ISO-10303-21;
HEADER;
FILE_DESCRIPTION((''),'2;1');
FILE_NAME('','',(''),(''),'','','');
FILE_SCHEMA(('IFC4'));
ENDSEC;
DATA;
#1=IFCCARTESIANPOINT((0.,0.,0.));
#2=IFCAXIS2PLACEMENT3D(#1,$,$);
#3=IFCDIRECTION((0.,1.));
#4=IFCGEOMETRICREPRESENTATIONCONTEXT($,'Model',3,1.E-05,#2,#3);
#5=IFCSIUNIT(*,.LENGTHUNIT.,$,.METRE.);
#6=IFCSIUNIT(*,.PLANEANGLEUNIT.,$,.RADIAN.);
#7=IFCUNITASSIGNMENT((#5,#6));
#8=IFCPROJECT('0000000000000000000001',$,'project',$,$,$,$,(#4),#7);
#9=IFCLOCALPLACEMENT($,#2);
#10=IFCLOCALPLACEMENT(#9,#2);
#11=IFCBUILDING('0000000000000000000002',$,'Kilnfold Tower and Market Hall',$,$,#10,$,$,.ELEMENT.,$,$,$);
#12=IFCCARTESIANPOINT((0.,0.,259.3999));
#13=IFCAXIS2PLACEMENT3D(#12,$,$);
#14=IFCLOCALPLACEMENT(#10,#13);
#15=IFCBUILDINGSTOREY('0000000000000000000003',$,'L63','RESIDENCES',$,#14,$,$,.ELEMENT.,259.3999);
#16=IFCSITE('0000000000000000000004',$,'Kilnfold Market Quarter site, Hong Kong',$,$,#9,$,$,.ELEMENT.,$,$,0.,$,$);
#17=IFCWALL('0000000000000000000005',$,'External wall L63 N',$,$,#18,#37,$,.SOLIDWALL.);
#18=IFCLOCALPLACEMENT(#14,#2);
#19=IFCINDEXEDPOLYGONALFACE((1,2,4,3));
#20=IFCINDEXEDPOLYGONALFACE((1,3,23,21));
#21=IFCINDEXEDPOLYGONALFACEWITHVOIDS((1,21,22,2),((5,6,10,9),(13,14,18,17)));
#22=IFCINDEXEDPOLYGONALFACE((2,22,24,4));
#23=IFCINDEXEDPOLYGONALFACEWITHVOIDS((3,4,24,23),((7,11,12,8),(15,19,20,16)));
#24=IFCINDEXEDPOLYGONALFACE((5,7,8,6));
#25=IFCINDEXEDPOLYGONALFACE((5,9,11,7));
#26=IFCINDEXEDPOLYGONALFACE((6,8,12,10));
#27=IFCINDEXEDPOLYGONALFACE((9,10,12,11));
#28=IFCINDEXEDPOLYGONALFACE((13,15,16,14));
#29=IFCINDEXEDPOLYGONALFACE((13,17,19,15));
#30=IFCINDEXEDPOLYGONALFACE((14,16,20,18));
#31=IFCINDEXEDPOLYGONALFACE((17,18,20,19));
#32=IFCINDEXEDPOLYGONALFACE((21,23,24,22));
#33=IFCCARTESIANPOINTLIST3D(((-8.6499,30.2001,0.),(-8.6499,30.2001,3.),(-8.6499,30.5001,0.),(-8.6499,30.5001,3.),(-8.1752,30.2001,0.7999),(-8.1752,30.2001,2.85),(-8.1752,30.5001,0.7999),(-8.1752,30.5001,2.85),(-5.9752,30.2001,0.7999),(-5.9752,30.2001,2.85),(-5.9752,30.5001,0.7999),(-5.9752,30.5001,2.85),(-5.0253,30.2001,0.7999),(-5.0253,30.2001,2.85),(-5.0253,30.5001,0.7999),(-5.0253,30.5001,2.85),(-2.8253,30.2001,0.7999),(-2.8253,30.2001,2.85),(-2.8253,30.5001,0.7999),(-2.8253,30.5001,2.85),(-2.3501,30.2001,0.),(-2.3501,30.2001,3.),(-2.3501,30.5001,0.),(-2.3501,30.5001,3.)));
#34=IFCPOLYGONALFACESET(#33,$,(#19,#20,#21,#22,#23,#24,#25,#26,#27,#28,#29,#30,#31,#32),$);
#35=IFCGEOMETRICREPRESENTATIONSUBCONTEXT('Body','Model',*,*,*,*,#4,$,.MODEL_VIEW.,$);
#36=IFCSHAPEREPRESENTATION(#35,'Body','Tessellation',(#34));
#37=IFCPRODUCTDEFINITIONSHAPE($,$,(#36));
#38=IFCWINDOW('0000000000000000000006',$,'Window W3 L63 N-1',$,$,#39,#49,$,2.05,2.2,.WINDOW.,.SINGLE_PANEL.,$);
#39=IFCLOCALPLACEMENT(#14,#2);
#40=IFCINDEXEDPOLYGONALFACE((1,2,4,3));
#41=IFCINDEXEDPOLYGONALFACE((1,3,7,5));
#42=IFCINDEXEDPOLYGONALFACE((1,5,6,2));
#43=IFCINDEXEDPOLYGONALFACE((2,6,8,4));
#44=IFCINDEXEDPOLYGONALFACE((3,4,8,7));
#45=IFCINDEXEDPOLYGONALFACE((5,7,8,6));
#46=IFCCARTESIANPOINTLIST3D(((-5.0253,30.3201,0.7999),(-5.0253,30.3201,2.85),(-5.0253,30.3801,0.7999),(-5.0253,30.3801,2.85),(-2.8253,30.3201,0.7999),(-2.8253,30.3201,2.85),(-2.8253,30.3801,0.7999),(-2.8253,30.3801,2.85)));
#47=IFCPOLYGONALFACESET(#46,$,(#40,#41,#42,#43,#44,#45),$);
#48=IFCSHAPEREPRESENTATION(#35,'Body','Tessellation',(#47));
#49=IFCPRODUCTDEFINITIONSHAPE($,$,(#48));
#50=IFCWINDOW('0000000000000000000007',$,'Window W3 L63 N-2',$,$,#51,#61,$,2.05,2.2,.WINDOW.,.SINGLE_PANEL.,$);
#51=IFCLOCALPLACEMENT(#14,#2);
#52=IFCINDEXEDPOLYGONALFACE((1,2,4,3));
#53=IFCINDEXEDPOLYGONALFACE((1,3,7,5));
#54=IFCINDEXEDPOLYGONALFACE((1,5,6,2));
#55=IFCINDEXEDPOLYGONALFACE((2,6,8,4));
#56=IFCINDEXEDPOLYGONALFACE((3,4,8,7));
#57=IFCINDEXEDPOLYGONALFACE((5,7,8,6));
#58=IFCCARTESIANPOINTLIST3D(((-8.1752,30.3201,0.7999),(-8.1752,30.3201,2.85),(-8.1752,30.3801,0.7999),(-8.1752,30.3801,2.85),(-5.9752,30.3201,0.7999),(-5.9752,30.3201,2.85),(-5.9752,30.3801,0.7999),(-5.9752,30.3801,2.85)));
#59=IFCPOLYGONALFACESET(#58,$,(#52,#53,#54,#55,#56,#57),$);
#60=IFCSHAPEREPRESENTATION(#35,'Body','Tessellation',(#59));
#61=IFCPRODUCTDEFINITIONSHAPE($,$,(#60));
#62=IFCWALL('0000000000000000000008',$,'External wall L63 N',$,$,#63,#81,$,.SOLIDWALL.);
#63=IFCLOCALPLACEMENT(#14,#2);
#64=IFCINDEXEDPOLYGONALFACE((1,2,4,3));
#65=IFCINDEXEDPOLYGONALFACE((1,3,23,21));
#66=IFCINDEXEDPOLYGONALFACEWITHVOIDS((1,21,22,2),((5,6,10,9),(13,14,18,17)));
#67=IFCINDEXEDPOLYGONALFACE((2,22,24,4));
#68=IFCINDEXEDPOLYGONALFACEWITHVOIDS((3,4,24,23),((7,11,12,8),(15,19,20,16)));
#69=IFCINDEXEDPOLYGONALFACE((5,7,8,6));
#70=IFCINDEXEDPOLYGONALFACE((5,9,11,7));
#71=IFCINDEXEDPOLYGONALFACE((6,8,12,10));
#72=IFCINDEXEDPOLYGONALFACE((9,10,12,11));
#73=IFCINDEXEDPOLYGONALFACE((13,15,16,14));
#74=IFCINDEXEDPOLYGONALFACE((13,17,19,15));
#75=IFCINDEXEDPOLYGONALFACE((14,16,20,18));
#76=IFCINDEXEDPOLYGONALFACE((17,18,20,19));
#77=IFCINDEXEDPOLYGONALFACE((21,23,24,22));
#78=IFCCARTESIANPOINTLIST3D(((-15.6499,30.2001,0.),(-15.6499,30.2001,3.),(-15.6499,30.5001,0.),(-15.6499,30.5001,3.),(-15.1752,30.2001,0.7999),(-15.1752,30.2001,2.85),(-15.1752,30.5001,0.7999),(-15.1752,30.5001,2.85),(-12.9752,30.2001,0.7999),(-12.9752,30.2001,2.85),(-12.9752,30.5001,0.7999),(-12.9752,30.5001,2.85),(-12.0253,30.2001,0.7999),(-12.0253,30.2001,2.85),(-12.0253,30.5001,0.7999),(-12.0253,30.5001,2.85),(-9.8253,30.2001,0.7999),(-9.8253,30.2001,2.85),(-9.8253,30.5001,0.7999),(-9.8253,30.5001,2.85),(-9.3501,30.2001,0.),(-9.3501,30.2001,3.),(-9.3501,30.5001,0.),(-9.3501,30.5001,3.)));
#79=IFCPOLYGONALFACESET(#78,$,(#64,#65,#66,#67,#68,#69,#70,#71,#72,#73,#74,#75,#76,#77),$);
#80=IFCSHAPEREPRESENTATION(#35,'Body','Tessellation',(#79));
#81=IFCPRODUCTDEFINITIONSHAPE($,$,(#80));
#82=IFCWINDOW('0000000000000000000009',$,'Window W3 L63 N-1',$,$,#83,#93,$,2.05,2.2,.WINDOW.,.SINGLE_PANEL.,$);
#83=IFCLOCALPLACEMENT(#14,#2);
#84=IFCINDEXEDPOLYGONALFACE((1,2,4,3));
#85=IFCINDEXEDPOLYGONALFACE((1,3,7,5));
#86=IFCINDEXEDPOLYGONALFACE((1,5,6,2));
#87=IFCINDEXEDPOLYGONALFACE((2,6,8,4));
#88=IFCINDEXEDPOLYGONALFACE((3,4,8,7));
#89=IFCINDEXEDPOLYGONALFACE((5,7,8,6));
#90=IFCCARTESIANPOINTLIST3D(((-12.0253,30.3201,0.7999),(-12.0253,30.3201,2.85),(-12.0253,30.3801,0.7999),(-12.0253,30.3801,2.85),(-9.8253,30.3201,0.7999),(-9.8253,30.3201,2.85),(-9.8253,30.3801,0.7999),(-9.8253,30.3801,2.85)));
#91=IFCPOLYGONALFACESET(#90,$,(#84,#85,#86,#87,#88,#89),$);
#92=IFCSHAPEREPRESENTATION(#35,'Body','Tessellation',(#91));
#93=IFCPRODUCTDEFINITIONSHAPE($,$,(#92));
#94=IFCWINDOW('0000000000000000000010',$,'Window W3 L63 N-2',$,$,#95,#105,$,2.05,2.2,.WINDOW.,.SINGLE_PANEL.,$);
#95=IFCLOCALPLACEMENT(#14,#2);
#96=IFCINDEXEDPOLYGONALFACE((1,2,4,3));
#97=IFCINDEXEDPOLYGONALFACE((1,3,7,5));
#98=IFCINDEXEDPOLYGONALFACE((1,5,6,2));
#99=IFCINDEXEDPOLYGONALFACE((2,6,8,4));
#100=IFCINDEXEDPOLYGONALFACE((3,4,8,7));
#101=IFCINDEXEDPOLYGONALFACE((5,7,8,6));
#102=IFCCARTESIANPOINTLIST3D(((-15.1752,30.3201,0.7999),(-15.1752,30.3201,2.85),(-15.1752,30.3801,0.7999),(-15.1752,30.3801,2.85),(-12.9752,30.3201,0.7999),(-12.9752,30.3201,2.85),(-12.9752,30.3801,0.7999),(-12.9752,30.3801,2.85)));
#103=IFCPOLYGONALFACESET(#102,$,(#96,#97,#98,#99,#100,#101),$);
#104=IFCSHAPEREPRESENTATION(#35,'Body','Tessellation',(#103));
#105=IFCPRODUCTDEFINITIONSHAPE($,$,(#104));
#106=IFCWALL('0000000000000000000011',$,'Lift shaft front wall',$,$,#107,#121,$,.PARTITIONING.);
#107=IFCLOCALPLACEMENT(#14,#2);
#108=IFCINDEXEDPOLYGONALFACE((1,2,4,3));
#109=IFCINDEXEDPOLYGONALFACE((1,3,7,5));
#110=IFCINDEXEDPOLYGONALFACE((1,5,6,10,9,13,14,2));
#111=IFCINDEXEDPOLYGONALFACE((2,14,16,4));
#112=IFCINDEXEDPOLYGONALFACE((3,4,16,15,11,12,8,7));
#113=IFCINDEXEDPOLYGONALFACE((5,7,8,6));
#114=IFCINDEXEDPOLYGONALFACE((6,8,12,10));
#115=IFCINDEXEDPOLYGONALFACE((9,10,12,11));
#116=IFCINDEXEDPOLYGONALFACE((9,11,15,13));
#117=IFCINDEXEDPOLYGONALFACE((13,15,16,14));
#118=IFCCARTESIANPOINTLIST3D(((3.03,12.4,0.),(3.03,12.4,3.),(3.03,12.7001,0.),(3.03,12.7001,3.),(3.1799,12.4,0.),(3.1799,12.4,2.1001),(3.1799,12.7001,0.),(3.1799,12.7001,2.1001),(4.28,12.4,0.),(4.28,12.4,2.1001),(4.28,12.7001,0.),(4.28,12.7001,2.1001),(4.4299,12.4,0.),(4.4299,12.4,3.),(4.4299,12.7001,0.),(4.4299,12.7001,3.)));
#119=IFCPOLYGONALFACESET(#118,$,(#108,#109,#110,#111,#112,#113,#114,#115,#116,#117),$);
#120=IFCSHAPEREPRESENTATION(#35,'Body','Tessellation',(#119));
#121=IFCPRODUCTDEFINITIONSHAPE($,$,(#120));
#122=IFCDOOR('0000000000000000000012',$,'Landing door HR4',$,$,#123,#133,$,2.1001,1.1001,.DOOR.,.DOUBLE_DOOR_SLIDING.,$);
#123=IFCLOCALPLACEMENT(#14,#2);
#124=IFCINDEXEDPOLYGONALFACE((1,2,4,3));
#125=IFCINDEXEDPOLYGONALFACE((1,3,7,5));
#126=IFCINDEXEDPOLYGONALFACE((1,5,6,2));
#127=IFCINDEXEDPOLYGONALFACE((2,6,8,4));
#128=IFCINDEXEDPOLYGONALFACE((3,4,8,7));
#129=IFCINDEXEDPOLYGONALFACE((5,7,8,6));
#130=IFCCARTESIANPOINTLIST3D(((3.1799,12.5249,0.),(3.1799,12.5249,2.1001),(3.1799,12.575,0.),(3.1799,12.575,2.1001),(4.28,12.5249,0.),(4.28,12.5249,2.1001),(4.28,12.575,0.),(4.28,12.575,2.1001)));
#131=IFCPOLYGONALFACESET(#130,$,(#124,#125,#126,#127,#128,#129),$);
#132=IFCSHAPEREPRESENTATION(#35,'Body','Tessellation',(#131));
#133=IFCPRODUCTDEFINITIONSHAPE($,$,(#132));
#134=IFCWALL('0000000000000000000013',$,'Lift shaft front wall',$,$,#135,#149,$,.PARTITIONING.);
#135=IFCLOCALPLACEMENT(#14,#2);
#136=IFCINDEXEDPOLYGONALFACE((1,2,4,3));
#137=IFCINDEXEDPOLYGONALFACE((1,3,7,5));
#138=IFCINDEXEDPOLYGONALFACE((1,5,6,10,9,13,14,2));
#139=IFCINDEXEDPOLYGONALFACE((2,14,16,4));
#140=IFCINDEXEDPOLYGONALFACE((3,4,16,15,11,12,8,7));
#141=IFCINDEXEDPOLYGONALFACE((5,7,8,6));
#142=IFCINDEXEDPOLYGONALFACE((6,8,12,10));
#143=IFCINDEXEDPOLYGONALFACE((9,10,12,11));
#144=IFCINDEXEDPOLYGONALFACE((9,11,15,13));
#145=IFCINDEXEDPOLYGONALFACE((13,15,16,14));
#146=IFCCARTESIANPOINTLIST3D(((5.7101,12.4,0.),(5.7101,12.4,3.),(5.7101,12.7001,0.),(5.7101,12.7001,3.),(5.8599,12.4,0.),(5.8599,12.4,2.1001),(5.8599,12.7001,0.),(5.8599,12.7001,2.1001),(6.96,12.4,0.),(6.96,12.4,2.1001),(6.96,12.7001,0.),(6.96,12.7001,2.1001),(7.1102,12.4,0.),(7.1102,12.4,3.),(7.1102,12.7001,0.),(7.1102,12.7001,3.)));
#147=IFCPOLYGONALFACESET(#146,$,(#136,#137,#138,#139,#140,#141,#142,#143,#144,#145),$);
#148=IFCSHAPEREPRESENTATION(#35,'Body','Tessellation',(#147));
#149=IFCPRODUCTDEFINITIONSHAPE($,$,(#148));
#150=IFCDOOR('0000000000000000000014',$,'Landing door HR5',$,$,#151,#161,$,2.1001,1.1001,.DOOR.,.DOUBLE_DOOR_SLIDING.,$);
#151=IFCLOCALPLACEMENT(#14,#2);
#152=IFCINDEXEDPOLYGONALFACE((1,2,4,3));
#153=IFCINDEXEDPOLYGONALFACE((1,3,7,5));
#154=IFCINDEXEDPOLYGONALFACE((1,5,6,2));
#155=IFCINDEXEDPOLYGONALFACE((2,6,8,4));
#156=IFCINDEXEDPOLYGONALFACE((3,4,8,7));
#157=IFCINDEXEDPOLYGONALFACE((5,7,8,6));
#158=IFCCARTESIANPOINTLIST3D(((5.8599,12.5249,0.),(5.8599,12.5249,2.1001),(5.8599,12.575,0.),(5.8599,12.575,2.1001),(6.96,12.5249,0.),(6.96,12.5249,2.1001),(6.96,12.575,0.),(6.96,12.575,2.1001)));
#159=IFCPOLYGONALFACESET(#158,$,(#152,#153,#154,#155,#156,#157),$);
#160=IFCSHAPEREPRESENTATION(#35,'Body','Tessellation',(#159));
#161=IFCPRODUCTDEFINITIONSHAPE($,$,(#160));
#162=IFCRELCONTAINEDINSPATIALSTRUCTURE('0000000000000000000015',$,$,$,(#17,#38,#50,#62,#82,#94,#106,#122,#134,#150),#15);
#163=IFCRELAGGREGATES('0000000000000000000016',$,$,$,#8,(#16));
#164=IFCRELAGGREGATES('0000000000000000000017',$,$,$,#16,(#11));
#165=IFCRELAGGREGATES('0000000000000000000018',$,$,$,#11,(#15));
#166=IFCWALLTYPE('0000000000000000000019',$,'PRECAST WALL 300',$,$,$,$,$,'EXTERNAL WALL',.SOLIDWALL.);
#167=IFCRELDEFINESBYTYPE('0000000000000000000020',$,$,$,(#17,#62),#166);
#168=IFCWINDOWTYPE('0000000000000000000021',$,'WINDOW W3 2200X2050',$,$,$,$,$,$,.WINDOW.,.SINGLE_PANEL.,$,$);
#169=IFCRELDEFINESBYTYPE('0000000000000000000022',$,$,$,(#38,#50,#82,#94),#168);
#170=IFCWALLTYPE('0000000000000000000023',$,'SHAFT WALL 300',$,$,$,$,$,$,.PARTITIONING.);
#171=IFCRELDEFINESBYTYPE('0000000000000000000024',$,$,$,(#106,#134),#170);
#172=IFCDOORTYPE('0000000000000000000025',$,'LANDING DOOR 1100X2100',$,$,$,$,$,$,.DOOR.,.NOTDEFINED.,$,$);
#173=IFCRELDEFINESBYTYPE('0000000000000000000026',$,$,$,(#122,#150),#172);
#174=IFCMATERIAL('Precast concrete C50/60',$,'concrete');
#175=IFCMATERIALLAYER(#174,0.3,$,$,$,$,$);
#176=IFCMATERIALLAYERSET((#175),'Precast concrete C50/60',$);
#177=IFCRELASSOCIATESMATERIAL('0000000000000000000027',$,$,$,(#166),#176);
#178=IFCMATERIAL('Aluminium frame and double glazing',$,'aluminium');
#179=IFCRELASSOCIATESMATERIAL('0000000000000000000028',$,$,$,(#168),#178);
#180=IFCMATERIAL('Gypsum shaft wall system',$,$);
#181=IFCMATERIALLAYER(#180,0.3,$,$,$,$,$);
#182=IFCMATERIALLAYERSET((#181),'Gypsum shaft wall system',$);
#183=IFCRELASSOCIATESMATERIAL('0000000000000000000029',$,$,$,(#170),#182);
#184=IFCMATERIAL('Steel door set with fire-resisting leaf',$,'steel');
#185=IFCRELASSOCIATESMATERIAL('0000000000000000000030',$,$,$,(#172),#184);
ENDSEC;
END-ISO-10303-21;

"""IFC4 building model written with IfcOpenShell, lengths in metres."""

from ifc_helpers import new_model, si_unit, direction, frame, frame_2d, origin, place, context, subcontext, project, spatial, rectangle, extrude, source, transform, mapped, material, layer, layer_set, type_object, element, fill, save


model = new_model("IFC4")

# Units and contexts
model_context = context("Model", 3, precision=1e-05, world=origin(), true_north=direction((0.0, 1.0)))
body_context = subcontext(model_context, "Body", "Model", "MODEL_VIEW")
ifc_project = project(units=[si_unit("LENGTHUNIT", "METRE"), si_unit("PLANEANGLEUNIT", "RADIAN")], contexts=[model_context])

# Site, building, storey
site_placement = place(None, origin())
site = spatial("IfcSite", under=ifc_project, at=site_placement, Name="Kilnfold Market Quarter site, Hong Kong", CompositionType="ELEMENT", RefElevation=0.0)
building_placement = place(site_placement, origin())
building = spatial("IfcBuilding", under=site, at=building_placement, Name="Kilnfold Tower and Market Hall", CompositionType="ELEMENT")
storey_placement = place(building_placement, frame((0.0, 0.0, 259.3999)))
storey = spatial("IfcBuildingStorey", under=building, at=storey_placement, Name="L63", Description="RESIDENCES", CompositionType="ELEMENT", Elevation=259.3999)

# Walls, openings, windows
ifc_material_1 = material(Name="Precast concrete C50/60", Category="concrete")
ifc_layer_1 = layer(ifc_material_1, 0.3)
ifc_layer_set_1 = layer_set([ifc_layer_1], Name="Precast concrete C50/60")
wall_type_1 = type_object("IfcWallType", Name="PRECAST WALL 300", ElementType="EXTERNAL WALL", PredefinedType="SOLIDWALL", material=ifc_layer_set_1)
shared_shape_1 = source(origin(), body_context, "Body", "SweptSolid", [
    extrude(rectangle(XDim=6.2998, YDim=0.3, at=frame_2d((3.1499, 0.0))), origin(), (0.0, 0.0, 1.0), 3.0),
])
ifc_material_2 = material(Name="Aluminium frame and double glazing", Category="aluminium")
window_type = type_object("IfcWindowType", Name="WINDOW W3 2200X2050", PartitioningType="SINGLE_PANEL", PredefinedType="WINDOW", material=ifc_material_2)
wall_1_placement = place(storey_placement, frame((-2.3501, 30.3501, 0.0), z_axis=(0.0, 0.0, 1.0), x_axis=(-1.0, 0.0, 0.0)))
wall_1 = element("IfcWall", 1, at=wall_1_placement, inside=storey, type_object=wall_type_1, Name="External wall L63 N", PredefinedType="SOLIDWALL", context=body_context, shape_type="MappedRepresentation", body=[
    mapped(shared_shape_1, transform((0.0, 0.0, 0.0))),
])
opening_1_placement = place(wall_1_placement, frame((0.4751, 0.0, 0.8)))
opening_1 = element("IfcOpeningElement", 2, at=opening_1_placement, cuts=wall_1, PredefinedType="OPENING", context=body_context, shape_type="SweptSolid", body=[
    extrude(rectangle(XDim=2.2, YDim=2.05, at=frame_2d((1.1001, 1.0249))), frame((0.0, 0.1602, 0.0), z_axis=(0.0, -1.0, 0.0), x_axis=(1.0, 0.0, 0.0)), (0.0, 0.0, 1.0), 0.3201),
])
opening_2_placement = place(wall_1_placement, frame((3.625, 0.0, 0.8)))
opening_2 = element("IfcOpeningElement", 3, at=opening_2_placement, cuts=wall_1, PredefinedType="OPENING", context=body_context, shape_type="SweptSolid", body=[
    extrude(rectangle(XDim=2.2, YDim=2.05, at=frame_2d((1.1001, 1.0249))), frame((0.0, 0.1602, 0.0), z_axis=(0.0, -1.0, 0.0), x_axis=(1.0, 0.0, 0.0)), (0.0, 0.0, 1.0), 0.3201),
])
window_1_placement = place(opening_1_placement, origin())
window_1 = element("IfcWindow", 4, at=window_1_placement, inside=storey, type_object=window_type, Name="Window W3 L63 N-1", OverallHeight=2.05, OverallWidth=2.2, PartitioningType="SINGLE_PANEL", PredefinedType="WINDOW", context=body_context, shape_type="SweptSolid", body=[
    extrude(rectangle(XDim=2.2, YDim=2.05, at=frame_2d((1.1001, 1.0249))), frame((0.0, 0.03, 0.0), z_axis=(0.0, -1.0, 0.0), x_axis=(1.0, 0.0, 0.0)), (0.0, 0.0, 1.0), 0.0601),
])
fill(opening_1, window_1)
window_2_placement = place(opening_2_placement, origin())
window_2 = element("IfcWindow", 5, at=window_2_placement, inside=storey, type_object=window_type, Name="Window W3 L63 N-2", OverallHeight=2.05, OverallWidth=2.2, PartitioningType="SINGLE_PANEL", PredefinedType="WINDOW", context=body_context, shape_type="SweptSolid", body=[
    extrude(rectangle(XDim=2.2, YDim=2.05, at=frame_2d((1.1001, 1.0249))), frame((0.0, 0.03, 0.0), z_axis=(0.0, -1.0, 0.0), x_axis=(1.0, 0.0, 0.0)), (0.0, 0.0, 1.0), 0.0601),
])
fill(opening_2, window_2)
wall_2_placement = place(storey_placement, frame((-9.3501, 30.3501, 0.0), z_axis=(0.0, 0.0, 1.0), x_axis=(-1.0, 0.0, 0.0)))
wall_2 = element("IfcWall", 6, at=wall_2_placement, inside=storey, type_object=wall_type_1, Name="External wall L63 N", PredefinedType="SOLIDWALL", context=body_context, shape_type="MappedRepresentation", body=[
    mapped(shared_shape_1, transform((0.0, 0.0, 0.0))),
])
opening_3_placement = place(wall_2_placement, frame((0.4751, 0.0, 0.8)))
opening_3 = element("IfcOpeningElement", 7, at=opening_3_placement, cuts=wall_2, PredefinedType="OPENING", context=body_context, shape_type="SweptSolid", body=[
    extrude(rectangle(XDim=2.2, YDim=2.05, at=frame_2d((1.1001, 1.0249))), frame((0.0, 0.1602, 0.0), z_axis=(0.0, -1.0, 0.0), x_axis=(1.0, 0.0, 0.0)), (0.0, 0.0, 1.0), 0.3201),
])
opening_4_placement = place(wall_2_placement, frame((3.625, 0.0, 0.8)))
opening_4 = element("IfcOpeningElement", 8, at=opening_4_placement, cuts=wall_2, PredefinedType="OPENING", context=body_context, shape_type="SweptSolid", body=[
    extrude(rectangle(XDim=2.2, YDim=2.05, at=frame_2d((1.1001, 1.0249))), frame((0.0, 0.1602, 0.0), z_axis=(0.0, -1.0, 0.0), x_axis=(1.0, 0.0, 0.0)), (0.0, 0.0, 1.0), 0.3201),
])
window_3_placement = place(opening_3_placement, origin())
window_3 = element("IfcWindow", 9, at=window_3_placement, inside=storey, type_object=window_type, Name="Window W3 L63 N-1", OverallHeight=2.05, OverallWidth=2.2, PartitioningType="SINGLE_PANEL", PredefinedType="WINDOW", context=body_context, shape_type="SweptSolid", body=[
    extrude(rectangle(XDim=2.2, YDim=2.05, at=frame_2d((1.1001, 1.0249))), frame((0.0, 0.03, 0.0), z_axis=(0.0, -1.0, 0.0), x_axis=(1.0, 0.0, 0.0)), (0.0, 0.0, 1.0), 0.0601),
])
fill(opening_3, window_3)
window_4_placement = place(opening_4_placement, origin())
window_4 = element("IfcWindow", 10, at=window_4_placement, inside=storey, type_object=window_type, Name="Window W3 L63 N-2", OverallHeight=2.05, OverallWidth=2.2, PartitioningType="SINGLE_PANEL", PredefinedType="WINDOW", context=body_context, shape_type="SweptSolid", body=[
    extrude(rectangle(XDim=2.2, YDim=2.05, at=frame_2d((1.1001, 1.0249))), frame((0.0, 0.03, 0.0), z_axis=(0.0, -1.0, 0.0), x_axis=(1.0, 0.0, 0.0)), (0.0, 0.0, 1.0), 0.0601),
])
fill(opening_4, window_4)

# Walls, openings, doors
ifc_material_3 = material(Name="Gypsum shaft wall system")
ifc_layer_2 = layer(ifc_material_3, 0.3)
ifc_layer_set_2 = layer_set([ifc_layer_2], Name="Gypsum shaft wall system")
wall_type_2 = type_object("IfcWallType", Name="SHAFT WALL 300", PredefinedType="PARTITIONING", material=ifc_layer_set_2)
shared_shape_2 = source(origin(), body_context, "Body", "SweptSolid", [
    extrude(rectangle(XDim=1.3999, YDim=0.3, at=frame_2d((0.7, 0.0))), origin(), (0.0, 0.0, 1.0), 3.0),
])
wall_3_placement = place(storey_placement, frame((3.03, 12.55, 0.0), z_axis=(0.0, 0.0, 1.0), x_axis=(1.0, 0.0, 0.0)))
wall_3 = element("IfcWall", 11, at=wall_3_placement, inside=storey, type_object=wall_type_2, Name="Lift shaft front wall", PredefinedType="PARTITIONING", context=body_context, shape_type="MappedRepresentation", body=[
    mapped(shared_shape_2, transform((0.0, 0.0, 0.0))),
])
opening_5_placement = place(wall_3_placement, frame((0.1499, 0.0, 0.0)))
opening_5 = element("IfcOpeningElement", 12, at=opening_5_placement, cuts=wall_3, PredefinedType="OPENING", context=body_context, shape_type="SweptSolid", body=[
    extrude(rectangle(XDim=1.1001, YDim=2.1001, at=frame_2d((0.55, 1.05))), frame((0.0, 0.1602, 0.0), z_axis=(0.0, -1.0, 0.0), x_axis=(1.0, 0.0, 0.0)), (0.0, 0.0, 1.0), 0.3201),
])
ifc_material_4 = material(Name="Steel door set with fire-resisting leaf", Category="steel")
door_type = type_object("IfcDoorType", Name="LANDING DOOR 1100X2100", OperationType="NOTDEFINED", PredefinedType="DOOR", material=ifc_material_4)
door_1_placement = place(opening_5_placement, origin())
door_1 = element("IfcDoor", 13, at=door_1_placement, inside=storey, type_object=door_type, Name="Landing door HR4", OperationType="DOUBLE_DOOR_SLIDING", OverallHeight=2.1001, OverallWidth=1.1001, PredefinedType="DOOR", context=body_context, shape_type="SweptSolid", body=[
    extrude(rectangle(XDim=1.1001, YDim=2.1001, at=frame_2d((0.55, 1.05))), frame((0.0, 0.0249, 0.0), z_axis=(0.0, -1.0, 0.0), x_axis=(1.0, 0.0, 0.0)), (0.0, 0.0, 1.0), 0.05),
])
fill(opening_5, door_1)
shared_shape_3 = source(origin(), body_context, "Body", "SweptSolid", [
    extrude(rectangle(XDim=1.4001, YDim=0.3, at=frame_2d((0.7002, 0.0))), origin(), (0.0, 0.0, 1.0), 3.0),
])
wall_4_placement = place(storey_placement, frame((5.71, 12.55, 0.0), z_axis=(0.0, 0.0, 1.0), x_axis=(1.0, 0.0, 0.0)))
wall_4 = element("IfcWall", 14, at=wall_4_placement, inside=storey, type_object=wall_type_2, Name="Lift shaft front wall", PredefinedType="PARTITIONING", context=body_context, shape_type="MappedRepresentation", body=[
    mapped(shared_shape_3, transform((0.0, 0.0, 0.0))),
])
opening_6_placement = place(wall_4_placement, frame((0.1499, 0.0, 0.0)))
opening_6 = element("IfcOpeningElement", 15, at=opening_6_placement, cuts=wall_4, PredefinedType="OPENING", context=body_context, shape_type="SweptSolid", body=[
    extrude(rectangle(XDim=1.1001, YDim=2.1001, at=frame_2d((0.55, 1.05))), frame((0.0, 0.1602, 0.0), z_axis=(0.0, -1.0, 0.0), x_axis=(1.0, 0.0, 0.0)), (0.0, 0.0, 1.0), 0.3201),
])
door_2_placement = place(opening_6_placement, origin())
door_2 = element("IfcDoor", 16, at=door_2_placement, inside=storey, type_object=door_type, Name="Landing door HR5", OperationType="DOUBLE_DOOR_SLIDING", OverallHeight=2.1001, OverallWidth=1.1001, PredefinedType="DOOR", context=body_context, shape_type="SweptSolid", body=[
    extrude(rectangle(XDim=1.1001, YDim=2.1001, at=frame_2d((0.55, 1.05))), frame((0.0, 0.0249, 0.0), z_axis=(0.0, -1.0, 0.0), x_axis=(1.0, 0.0, 0.0)), (0.0, 0.0, 1.0), 0.05),
])
fill(opening_6, door_2)

save(model, "model.ifc")
